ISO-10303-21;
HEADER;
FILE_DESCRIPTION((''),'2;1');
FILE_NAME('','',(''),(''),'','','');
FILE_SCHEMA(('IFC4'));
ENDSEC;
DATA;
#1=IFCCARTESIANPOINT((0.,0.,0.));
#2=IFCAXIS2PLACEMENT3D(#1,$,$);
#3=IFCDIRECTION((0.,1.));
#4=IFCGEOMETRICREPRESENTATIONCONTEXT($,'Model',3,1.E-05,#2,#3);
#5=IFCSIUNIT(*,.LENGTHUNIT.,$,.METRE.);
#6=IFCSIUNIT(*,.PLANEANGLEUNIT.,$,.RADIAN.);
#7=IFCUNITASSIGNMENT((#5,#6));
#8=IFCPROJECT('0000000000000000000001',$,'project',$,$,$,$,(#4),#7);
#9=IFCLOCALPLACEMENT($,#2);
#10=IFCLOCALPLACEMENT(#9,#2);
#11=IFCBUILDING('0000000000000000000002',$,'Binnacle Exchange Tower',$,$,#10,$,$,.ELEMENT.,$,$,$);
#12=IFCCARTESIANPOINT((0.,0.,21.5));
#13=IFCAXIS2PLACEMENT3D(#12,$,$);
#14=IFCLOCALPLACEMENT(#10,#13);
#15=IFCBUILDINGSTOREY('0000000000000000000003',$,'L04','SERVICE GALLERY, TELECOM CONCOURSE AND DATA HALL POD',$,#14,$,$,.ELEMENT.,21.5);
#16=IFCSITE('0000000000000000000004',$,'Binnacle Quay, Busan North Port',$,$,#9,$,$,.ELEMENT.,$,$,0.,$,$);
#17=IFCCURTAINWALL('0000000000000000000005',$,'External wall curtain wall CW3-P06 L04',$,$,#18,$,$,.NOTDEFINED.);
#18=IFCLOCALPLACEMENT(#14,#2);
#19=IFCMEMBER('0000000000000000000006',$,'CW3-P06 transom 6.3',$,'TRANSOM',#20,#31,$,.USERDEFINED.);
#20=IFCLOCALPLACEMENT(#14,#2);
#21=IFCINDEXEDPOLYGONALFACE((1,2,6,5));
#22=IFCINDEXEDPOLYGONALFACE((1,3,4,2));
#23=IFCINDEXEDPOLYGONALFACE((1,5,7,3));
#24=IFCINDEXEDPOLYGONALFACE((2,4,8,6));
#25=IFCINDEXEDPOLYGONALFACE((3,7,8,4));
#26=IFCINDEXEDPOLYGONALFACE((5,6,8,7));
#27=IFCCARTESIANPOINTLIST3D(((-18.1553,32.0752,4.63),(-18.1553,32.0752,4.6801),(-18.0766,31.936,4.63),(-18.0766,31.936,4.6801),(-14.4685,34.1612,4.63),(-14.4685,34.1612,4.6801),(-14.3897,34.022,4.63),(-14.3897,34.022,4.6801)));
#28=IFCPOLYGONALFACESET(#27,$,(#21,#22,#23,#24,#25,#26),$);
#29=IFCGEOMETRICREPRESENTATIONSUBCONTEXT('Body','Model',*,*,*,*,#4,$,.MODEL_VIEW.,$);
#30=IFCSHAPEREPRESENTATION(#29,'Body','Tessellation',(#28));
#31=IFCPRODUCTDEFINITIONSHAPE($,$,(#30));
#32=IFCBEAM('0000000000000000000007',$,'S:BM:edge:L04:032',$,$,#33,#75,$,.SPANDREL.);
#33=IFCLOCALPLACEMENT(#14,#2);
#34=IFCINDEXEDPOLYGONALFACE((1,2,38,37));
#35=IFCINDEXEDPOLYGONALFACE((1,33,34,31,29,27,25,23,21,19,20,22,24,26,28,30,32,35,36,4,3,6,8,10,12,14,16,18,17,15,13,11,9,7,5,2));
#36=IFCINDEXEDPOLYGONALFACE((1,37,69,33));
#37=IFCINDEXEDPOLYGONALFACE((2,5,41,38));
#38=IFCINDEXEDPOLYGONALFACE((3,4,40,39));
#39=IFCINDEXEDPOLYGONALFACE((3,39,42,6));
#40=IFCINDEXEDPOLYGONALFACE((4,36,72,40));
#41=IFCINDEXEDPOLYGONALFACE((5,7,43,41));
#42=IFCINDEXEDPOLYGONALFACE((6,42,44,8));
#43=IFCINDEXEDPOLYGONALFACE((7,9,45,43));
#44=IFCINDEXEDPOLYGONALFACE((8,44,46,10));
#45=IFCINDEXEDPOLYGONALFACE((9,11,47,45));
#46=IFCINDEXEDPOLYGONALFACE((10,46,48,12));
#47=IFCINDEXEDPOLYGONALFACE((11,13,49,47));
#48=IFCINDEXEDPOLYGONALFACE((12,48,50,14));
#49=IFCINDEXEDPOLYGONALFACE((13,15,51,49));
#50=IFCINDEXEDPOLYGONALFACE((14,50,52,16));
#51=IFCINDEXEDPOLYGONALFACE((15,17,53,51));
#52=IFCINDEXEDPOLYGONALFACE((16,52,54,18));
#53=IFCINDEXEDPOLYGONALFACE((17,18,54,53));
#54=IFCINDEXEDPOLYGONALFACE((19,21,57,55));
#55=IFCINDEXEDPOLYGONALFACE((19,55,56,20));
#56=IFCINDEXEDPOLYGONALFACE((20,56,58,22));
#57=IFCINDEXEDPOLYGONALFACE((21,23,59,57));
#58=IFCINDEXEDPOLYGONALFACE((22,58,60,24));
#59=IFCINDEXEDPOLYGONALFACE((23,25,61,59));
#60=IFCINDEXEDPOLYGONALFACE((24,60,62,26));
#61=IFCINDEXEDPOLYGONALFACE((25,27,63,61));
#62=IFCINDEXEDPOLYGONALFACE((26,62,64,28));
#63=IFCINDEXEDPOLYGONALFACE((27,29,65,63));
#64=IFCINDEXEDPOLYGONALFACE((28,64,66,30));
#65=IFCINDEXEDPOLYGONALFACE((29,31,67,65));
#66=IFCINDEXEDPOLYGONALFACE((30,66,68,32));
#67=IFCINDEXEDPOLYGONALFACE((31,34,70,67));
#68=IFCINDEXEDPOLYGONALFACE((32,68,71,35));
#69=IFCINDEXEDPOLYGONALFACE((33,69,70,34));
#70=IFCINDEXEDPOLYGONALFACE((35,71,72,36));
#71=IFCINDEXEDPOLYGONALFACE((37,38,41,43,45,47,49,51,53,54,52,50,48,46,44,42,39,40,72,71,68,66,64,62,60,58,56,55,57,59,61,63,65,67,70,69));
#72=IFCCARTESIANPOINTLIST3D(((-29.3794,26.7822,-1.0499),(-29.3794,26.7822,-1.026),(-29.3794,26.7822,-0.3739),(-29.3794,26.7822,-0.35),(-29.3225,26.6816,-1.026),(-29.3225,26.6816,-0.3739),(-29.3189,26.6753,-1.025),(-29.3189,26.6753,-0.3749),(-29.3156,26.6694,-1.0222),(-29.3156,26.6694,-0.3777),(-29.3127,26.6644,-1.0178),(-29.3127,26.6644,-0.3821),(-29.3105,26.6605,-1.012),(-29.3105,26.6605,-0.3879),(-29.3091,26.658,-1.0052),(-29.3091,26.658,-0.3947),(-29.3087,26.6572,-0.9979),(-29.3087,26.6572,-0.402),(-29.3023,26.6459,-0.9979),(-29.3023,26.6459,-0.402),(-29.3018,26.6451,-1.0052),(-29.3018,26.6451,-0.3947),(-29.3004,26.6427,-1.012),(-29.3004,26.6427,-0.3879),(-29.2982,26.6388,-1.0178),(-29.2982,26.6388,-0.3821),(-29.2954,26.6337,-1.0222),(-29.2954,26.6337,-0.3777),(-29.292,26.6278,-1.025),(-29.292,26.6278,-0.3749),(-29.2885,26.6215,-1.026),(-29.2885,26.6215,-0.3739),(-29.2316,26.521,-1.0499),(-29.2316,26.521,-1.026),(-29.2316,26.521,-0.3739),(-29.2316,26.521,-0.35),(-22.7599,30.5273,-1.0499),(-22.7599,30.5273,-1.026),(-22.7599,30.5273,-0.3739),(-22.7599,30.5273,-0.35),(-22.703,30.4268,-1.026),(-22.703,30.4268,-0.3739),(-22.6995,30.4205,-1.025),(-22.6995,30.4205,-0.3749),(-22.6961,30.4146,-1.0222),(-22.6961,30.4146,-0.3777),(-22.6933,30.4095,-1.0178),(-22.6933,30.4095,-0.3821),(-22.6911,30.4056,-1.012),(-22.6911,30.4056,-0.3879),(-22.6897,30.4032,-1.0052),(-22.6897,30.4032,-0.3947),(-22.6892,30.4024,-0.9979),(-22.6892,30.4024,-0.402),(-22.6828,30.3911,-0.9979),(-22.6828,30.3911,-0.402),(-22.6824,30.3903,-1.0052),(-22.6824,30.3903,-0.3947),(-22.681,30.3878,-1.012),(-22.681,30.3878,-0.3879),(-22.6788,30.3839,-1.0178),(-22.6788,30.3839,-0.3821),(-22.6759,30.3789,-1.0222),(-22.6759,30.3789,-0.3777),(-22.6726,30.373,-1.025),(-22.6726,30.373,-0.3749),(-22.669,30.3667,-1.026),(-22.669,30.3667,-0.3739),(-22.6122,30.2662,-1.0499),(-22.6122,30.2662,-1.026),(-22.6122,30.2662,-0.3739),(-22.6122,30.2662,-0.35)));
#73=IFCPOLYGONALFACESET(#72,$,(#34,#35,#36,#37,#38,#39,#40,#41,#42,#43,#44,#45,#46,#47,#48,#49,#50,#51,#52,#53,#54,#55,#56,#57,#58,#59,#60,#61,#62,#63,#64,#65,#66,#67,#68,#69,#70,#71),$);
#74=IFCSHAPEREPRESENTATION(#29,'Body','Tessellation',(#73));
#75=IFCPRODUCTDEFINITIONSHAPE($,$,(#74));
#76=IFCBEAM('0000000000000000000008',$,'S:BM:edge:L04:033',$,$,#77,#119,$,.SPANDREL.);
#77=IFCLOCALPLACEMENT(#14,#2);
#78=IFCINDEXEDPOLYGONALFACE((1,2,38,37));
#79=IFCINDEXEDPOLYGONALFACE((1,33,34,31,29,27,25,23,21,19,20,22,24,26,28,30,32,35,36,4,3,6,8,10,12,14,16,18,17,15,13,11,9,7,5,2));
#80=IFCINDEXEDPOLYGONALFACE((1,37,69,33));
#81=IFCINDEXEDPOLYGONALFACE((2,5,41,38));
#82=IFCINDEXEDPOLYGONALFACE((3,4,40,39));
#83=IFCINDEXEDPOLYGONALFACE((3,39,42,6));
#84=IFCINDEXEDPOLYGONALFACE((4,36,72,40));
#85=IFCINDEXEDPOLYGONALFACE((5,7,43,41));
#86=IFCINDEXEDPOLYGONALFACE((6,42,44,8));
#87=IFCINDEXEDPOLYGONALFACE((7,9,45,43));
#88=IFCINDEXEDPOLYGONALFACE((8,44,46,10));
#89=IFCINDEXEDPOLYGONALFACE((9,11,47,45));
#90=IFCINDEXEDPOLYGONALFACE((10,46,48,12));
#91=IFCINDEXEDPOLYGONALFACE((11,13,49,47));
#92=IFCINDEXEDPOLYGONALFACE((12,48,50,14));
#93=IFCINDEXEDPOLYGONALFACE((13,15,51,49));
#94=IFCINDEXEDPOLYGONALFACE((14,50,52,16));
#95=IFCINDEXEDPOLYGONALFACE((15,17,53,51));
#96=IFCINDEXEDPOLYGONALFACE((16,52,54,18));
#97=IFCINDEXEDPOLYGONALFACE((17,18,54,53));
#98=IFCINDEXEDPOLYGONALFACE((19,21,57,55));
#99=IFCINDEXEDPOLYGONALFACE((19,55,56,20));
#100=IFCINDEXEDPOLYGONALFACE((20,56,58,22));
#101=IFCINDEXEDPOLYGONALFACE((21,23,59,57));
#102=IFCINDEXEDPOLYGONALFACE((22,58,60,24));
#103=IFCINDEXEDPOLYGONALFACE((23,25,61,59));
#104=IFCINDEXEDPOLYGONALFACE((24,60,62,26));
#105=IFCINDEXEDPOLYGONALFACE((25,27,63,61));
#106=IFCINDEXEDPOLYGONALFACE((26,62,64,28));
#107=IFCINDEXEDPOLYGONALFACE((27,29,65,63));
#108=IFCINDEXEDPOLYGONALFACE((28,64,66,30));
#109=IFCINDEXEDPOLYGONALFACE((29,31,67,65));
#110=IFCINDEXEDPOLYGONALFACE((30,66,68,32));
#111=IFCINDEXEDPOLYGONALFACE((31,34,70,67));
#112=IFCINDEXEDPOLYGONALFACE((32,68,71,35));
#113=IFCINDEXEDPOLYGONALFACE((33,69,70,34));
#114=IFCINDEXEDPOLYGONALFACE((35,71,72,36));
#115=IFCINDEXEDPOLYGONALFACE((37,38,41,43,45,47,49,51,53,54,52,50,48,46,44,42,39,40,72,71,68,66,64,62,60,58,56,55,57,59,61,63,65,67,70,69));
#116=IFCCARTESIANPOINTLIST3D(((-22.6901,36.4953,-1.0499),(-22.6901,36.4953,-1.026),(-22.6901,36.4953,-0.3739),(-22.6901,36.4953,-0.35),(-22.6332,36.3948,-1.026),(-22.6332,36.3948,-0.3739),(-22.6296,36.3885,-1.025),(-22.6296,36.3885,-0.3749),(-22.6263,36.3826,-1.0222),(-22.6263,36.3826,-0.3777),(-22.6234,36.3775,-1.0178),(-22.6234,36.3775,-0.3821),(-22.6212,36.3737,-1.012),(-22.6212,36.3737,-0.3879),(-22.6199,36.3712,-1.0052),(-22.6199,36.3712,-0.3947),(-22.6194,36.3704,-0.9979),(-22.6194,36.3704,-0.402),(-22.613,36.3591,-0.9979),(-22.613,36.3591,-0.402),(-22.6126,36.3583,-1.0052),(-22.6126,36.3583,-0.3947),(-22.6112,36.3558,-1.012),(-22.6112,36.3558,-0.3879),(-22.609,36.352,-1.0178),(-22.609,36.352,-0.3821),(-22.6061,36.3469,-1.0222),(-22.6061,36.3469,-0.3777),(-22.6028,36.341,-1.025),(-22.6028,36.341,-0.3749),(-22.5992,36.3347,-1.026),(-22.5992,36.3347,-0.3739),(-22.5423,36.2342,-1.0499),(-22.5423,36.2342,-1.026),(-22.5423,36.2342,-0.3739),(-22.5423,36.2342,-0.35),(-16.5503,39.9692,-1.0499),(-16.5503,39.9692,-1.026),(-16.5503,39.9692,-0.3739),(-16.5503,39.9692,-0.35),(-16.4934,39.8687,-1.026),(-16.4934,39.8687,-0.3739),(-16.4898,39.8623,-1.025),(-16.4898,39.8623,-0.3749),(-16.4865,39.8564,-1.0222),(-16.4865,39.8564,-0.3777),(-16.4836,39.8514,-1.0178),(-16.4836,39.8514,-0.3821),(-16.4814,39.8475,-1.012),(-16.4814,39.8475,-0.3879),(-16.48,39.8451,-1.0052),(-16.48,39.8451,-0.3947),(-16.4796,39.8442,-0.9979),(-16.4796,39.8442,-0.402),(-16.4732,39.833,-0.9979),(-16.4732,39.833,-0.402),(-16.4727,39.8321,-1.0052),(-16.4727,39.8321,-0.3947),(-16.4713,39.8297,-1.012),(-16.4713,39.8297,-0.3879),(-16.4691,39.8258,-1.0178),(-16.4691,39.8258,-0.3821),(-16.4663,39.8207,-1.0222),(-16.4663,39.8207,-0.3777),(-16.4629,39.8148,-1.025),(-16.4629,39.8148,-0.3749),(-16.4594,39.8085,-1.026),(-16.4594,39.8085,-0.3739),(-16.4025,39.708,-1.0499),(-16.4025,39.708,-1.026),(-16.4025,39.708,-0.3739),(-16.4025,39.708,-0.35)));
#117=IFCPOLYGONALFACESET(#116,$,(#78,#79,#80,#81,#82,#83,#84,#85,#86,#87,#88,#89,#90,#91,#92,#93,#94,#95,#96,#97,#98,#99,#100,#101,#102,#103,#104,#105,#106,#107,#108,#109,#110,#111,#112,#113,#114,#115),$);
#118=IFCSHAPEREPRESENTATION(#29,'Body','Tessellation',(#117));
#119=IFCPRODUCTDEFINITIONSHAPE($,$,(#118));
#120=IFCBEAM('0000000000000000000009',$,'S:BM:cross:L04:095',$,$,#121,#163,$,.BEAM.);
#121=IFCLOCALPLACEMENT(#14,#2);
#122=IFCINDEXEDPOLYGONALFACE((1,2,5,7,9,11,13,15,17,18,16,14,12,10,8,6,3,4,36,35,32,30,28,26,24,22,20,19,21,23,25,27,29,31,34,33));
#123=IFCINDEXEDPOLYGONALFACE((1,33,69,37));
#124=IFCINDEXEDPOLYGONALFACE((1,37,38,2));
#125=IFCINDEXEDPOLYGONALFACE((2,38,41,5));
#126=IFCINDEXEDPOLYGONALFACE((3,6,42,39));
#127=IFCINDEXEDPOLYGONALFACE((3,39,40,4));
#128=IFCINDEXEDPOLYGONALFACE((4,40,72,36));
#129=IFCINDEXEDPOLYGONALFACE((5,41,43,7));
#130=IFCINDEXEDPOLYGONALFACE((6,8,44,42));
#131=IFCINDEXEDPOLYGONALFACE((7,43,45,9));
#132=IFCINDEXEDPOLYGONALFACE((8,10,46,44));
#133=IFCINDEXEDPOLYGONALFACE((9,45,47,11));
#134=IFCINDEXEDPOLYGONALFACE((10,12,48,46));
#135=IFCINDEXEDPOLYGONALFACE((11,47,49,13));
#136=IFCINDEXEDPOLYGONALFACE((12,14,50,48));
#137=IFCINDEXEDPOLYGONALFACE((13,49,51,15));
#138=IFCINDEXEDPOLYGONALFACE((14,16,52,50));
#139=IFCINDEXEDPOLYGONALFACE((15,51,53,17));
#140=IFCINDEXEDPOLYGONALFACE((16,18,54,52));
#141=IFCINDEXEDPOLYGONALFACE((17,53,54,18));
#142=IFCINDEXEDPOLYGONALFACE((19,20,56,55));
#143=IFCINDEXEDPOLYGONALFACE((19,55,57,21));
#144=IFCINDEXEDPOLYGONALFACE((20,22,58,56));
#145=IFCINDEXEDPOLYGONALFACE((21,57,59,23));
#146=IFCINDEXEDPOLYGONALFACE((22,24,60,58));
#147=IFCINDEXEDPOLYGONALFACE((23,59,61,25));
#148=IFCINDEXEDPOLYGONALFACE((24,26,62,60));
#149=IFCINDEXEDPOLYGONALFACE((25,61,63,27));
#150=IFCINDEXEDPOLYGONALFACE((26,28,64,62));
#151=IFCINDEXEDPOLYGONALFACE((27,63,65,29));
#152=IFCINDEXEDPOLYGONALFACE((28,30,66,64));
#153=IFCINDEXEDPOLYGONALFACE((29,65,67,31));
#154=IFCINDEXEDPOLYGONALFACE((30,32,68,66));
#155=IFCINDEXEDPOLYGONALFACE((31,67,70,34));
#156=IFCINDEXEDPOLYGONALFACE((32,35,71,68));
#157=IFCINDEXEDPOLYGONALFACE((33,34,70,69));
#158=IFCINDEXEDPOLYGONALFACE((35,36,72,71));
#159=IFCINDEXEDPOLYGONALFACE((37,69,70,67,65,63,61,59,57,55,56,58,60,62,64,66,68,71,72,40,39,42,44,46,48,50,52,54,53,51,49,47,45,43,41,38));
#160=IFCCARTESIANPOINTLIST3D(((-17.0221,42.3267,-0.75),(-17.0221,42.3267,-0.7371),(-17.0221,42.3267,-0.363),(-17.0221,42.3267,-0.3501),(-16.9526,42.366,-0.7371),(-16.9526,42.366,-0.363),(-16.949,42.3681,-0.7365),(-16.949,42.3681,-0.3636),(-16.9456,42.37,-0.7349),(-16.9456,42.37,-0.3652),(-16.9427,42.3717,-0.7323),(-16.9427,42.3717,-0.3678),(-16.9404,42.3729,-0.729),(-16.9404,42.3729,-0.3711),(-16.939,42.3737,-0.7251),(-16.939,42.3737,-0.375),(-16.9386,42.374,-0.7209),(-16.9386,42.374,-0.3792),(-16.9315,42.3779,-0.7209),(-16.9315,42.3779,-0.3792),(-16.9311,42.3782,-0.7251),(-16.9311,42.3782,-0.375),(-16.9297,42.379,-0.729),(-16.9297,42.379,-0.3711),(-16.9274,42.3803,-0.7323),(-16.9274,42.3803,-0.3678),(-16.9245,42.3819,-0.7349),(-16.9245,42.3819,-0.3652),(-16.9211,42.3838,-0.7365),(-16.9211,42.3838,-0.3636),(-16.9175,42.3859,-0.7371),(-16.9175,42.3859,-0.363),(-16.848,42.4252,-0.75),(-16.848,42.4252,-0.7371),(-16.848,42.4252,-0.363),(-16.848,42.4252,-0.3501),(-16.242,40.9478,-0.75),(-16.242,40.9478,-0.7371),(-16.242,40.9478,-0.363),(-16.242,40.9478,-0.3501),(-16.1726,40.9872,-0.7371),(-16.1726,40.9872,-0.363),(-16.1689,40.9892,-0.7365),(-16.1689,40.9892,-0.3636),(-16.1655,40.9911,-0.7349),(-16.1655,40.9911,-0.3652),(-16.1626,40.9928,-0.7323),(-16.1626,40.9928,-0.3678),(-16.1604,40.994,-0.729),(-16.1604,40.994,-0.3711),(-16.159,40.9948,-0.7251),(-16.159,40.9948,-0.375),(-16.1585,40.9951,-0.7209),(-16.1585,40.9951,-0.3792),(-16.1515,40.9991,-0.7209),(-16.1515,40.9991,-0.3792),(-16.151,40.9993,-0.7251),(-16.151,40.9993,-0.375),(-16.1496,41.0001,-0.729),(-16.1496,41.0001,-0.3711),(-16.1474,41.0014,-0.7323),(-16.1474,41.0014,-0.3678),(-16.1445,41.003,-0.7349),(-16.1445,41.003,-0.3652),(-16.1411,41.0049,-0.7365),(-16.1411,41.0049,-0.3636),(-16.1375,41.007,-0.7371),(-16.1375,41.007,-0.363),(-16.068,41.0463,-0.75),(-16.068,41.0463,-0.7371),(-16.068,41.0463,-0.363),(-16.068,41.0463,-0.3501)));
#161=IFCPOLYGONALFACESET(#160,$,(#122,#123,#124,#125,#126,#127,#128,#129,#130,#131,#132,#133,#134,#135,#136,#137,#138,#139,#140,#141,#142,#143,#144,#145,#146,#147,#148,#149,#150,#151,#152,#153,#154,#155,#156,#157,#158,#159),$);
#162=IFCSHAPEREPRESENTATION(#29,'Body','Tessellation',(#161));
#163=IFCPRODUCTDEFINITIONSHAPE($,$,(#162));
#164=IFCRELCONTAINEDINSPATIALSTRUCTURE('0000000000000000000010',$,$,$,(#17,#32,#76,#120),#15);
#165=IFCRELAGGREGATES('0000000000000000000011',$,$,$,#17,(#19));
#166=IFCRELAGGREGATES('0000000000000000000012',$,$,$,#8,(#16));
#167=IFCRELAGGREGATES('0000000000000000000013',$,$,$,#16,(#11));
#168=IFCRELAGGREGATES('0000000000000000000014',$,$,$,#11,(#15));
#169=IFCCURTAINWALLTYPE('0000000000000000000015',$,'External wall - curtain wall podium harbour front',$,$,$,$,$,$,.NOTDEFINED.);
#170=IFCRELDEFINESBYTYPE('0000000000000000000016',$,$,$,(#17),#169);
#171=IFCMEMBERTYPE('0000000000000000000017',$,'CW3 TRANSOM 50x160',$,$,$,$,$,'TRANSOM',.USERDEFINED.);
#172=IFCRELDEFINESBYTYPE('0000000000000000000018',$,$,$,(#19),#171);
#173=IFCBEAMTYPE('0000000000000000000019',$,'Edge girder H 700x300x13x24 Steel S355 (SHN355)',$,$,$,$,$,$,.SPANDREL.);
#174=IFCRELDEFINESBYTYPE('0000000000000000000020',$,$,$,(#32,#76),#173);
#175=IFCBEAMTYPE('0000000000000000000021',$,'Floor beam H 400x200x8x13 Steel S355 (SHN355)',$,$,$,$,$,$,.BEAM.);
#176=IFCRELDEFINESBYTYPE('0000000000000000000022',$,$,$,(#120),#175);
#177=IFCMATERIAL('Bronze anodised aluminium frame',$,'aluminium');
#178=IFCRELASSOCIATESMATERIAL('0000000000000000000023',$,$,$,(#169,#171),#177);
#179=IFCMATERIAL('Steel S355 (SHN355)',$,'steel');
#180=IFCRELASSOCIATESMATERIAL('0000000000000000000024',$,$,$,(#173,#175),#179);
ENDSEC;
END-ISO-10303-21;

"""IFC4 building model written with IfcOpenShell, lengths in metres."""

from ifc_helpers import new_model, si_unit, direction, frame, origin, origin_2d, place, context, subcontext, project, spatial, rectangle, i_section, extrude, material, material_profile, profile_set, type_object, element, aggregate, save


model = new_model("IFC4")

# Units and contexts
model_context = context("Model", 3, precision=1e-05, world=origin(), true_north=direction((0.0, 1.0)))
body_context = subcontext(model_context, "Body", "Model", "MODEL_VIEW")
ifc_project = project(units=[si_unit("LENGTHUNIT", "METRE"), si_unit("PLANEANGLEUNIT", "RADIAN")], contexts=[model_context])

# Site, building, storey
site_placement = place(None, origin())
site = spatial("IfcSite", under=ifc_project, at=site_placement, Name="Binnacle Quay, Busan North Port", CompositionType="ELEMENT", RefElevation=0.0)
building_placement = place(site_placement, origin())
building = spatial("IfcBuilding", under=site, at=building_placement, Name="Binnacle Exchange Tower", CompositionType="ELEMENT")
storey_placement = place(building_placement, frame((0.0, 0.0, 21.5)))
storey = spatial("IfcBuildingStorey", under=building, at=storey_placement, Name="L04", Description="SERVICE GALLERY, TELECOM CONCOURSE AND DATA HALL POD", CompositionType="ELEMENT", Elevation=21.5)

# Curtain wall, member
ifc_material_1 = material(Name="Bronze anodised aluminium frame", Category="aluminium")
curtain_wall_type = type_object("IfcCurtainWallType", Name="External wall - curtain wall podium harbour front", PredefinedType="NOTDEFINED", material=ifc_material_1)
curtain_wall_placement = place(storey_placement, origin())
curtain_wall = element("IfcCurtainWall", 1, at=curtain_wall_placement, inside=storey, type_object=curtain_wall_type, Name="External wall curtain wall CW3-P06 L04", PredefinedType="NOTDEFINED")
ifc_material_profile_1 = material_profile(ifc_material_1, rectangle(XDim=0.1599, YDim=0.05, at=origin_2d()), Name="AL 160x50")
ifc_profile_set_1 = profile_set([ifc_material_profile_1], Name="Bronze anodised aluminium frame")
member_type_1 = type_object("IfcMemberType", Name="CW3 TRANSOM 50x160", ElementType="TRANSOM", PredefinedType="USERDEFINED", material=ifc_profile_set_1)
member_1_placement = place(storey_placement, frame((-18.116, 32.0056, 4.655), z_axis=(0.870349, 0.492435, 0.0), x_axis=(-0.492435, 0.870349, 0.0)))
member_1 = element("IfcMember", 2, at=member_1_placement, type_object=member_type_1, Name="CW3-P06 transom 6.3", ObjectType="TRANSOM", PredefinedType="USERDEFINED", context=body_context, shape_type="SweptSolid", body=[
    extrude(rectangle(XDim=0.1599, YDim=0.05, at=origin_2d()), origin(), (0.0, 0.0, 1.0), 4.2361),
])

# Beams
ifc_material_2 = material(Name="Steel S355 (SHN355)", Category="steel")
ifc_material_profile_2 = material_profile(ifc_material_2, i_section(OverallWidth=0.3, OverallDepth=0.7, WebThickness=0.0129, FlangeThickness=0.0239, FilletRadius=0.0281, at=origin_2d()), Name="H 700x300x13x24")
ifc_profile_set_2 = profile_set([ifc_material_profile_2], Name="Steel S355 (SHN355)")
beam_type_1 = type_object("IfcBeamType", Name="Edge girder H 700x300x13x24 Steel S355 (SHN355)", PredefinedType="SPANDREL", material=ifc_profile_set_2)
beam_1_placement = place(storey_placement, frame((-22.686, 30.3967, -0.7), z_axis=(-0.870353, -0.492428, 0.0), x_axis=(0.492428, -0.870353, 0.0)))
element("IfcBeam", 3, at=beam_1_placement, inside=storey, type_object=beam_type_1, Name="S:BM:edge:L04:032", PredefinedType="SPANDREL", context=body_context, shape_type="SweptSolid", body=[
    extrude(i_section(OverallWidth=0.3, OverallDepth=0.7, WebThickness=0.0129, FlangeThickness=0.0239, FilletRadius=0.0281, at=origin_2d()), origin(), (0.0, 0.0, 1.0), 7.6055),
])
beam_2_placement = place(storey_placement, frame((-22.6162, 36.3647, -0.7), z_axis=(0.87035, 0.492434, 0.0), x_axis=(-0.492434, 0.87035, 0.0)))
element("IfcBeam", 4, at=beam_2_placement, inside=storey, type_object=beam_type_1, Name="S:BM:edge:L04:033", PredefinedType="SPANDREL", context=body_context, shape_type="SweptSolid", body=[
    extrude(i_section(OverallWidth=0.3, OverallDepth=0.7, WebThickness=0.0129, FlangeThickness=0.0239, FilletRadius=0.0281, at=origin_2d()), origin(), (0.0, 0.0, 1.0), 7.0544),
])
ifc_material_profile_3 = material_profile(ifc_material_2, i_section(OverallWidth=0.2, OverallDepth=0.3999, WebThickness=0.0081, FlangeThickness=0.0129, FilletRadius=0.0161, at=origin_2d()), Name="H 400x200x8x13")
ifc_profile_set_3 = profile_set([ifc_material_profile_3], Name="Steel S355 (SHN355)")
beam_type_2 = type_object("IfcBeamType", Name="Floor beam H 400x200x8x13 Steel S355 (SHN355)", PredefinedType="BEAM", material=ifc_profile_set_3)
beam_3_placement = place(storey_placement, frame((-16.155, 40.9971, -0.55), z_axis=(-0.492367, 0.870388, 0.0), x_axis=(-0.870388, -0.492367, 0.0)))
element("IfcBeam", 5, at=beam_3_placement, inside=storey, type_object=beam_type_2, Name="S:BM:cross:L04:095", PredefinedType="BEAM", context=body_context, shape_type="SweptSolid", body=[
    extrude(i_section(OverallWidth=0.2, OverallDepth=0.3999, WebThickness=0.0081, FlangeThickness=0.0129, FilletRadius=0.0161, at=origin_2d()), origin(), (0.0, 0.0, 1.0), 1.5842),
])

aggregate(curtain_wall, [member_1])

save(model, "model.ifc")
